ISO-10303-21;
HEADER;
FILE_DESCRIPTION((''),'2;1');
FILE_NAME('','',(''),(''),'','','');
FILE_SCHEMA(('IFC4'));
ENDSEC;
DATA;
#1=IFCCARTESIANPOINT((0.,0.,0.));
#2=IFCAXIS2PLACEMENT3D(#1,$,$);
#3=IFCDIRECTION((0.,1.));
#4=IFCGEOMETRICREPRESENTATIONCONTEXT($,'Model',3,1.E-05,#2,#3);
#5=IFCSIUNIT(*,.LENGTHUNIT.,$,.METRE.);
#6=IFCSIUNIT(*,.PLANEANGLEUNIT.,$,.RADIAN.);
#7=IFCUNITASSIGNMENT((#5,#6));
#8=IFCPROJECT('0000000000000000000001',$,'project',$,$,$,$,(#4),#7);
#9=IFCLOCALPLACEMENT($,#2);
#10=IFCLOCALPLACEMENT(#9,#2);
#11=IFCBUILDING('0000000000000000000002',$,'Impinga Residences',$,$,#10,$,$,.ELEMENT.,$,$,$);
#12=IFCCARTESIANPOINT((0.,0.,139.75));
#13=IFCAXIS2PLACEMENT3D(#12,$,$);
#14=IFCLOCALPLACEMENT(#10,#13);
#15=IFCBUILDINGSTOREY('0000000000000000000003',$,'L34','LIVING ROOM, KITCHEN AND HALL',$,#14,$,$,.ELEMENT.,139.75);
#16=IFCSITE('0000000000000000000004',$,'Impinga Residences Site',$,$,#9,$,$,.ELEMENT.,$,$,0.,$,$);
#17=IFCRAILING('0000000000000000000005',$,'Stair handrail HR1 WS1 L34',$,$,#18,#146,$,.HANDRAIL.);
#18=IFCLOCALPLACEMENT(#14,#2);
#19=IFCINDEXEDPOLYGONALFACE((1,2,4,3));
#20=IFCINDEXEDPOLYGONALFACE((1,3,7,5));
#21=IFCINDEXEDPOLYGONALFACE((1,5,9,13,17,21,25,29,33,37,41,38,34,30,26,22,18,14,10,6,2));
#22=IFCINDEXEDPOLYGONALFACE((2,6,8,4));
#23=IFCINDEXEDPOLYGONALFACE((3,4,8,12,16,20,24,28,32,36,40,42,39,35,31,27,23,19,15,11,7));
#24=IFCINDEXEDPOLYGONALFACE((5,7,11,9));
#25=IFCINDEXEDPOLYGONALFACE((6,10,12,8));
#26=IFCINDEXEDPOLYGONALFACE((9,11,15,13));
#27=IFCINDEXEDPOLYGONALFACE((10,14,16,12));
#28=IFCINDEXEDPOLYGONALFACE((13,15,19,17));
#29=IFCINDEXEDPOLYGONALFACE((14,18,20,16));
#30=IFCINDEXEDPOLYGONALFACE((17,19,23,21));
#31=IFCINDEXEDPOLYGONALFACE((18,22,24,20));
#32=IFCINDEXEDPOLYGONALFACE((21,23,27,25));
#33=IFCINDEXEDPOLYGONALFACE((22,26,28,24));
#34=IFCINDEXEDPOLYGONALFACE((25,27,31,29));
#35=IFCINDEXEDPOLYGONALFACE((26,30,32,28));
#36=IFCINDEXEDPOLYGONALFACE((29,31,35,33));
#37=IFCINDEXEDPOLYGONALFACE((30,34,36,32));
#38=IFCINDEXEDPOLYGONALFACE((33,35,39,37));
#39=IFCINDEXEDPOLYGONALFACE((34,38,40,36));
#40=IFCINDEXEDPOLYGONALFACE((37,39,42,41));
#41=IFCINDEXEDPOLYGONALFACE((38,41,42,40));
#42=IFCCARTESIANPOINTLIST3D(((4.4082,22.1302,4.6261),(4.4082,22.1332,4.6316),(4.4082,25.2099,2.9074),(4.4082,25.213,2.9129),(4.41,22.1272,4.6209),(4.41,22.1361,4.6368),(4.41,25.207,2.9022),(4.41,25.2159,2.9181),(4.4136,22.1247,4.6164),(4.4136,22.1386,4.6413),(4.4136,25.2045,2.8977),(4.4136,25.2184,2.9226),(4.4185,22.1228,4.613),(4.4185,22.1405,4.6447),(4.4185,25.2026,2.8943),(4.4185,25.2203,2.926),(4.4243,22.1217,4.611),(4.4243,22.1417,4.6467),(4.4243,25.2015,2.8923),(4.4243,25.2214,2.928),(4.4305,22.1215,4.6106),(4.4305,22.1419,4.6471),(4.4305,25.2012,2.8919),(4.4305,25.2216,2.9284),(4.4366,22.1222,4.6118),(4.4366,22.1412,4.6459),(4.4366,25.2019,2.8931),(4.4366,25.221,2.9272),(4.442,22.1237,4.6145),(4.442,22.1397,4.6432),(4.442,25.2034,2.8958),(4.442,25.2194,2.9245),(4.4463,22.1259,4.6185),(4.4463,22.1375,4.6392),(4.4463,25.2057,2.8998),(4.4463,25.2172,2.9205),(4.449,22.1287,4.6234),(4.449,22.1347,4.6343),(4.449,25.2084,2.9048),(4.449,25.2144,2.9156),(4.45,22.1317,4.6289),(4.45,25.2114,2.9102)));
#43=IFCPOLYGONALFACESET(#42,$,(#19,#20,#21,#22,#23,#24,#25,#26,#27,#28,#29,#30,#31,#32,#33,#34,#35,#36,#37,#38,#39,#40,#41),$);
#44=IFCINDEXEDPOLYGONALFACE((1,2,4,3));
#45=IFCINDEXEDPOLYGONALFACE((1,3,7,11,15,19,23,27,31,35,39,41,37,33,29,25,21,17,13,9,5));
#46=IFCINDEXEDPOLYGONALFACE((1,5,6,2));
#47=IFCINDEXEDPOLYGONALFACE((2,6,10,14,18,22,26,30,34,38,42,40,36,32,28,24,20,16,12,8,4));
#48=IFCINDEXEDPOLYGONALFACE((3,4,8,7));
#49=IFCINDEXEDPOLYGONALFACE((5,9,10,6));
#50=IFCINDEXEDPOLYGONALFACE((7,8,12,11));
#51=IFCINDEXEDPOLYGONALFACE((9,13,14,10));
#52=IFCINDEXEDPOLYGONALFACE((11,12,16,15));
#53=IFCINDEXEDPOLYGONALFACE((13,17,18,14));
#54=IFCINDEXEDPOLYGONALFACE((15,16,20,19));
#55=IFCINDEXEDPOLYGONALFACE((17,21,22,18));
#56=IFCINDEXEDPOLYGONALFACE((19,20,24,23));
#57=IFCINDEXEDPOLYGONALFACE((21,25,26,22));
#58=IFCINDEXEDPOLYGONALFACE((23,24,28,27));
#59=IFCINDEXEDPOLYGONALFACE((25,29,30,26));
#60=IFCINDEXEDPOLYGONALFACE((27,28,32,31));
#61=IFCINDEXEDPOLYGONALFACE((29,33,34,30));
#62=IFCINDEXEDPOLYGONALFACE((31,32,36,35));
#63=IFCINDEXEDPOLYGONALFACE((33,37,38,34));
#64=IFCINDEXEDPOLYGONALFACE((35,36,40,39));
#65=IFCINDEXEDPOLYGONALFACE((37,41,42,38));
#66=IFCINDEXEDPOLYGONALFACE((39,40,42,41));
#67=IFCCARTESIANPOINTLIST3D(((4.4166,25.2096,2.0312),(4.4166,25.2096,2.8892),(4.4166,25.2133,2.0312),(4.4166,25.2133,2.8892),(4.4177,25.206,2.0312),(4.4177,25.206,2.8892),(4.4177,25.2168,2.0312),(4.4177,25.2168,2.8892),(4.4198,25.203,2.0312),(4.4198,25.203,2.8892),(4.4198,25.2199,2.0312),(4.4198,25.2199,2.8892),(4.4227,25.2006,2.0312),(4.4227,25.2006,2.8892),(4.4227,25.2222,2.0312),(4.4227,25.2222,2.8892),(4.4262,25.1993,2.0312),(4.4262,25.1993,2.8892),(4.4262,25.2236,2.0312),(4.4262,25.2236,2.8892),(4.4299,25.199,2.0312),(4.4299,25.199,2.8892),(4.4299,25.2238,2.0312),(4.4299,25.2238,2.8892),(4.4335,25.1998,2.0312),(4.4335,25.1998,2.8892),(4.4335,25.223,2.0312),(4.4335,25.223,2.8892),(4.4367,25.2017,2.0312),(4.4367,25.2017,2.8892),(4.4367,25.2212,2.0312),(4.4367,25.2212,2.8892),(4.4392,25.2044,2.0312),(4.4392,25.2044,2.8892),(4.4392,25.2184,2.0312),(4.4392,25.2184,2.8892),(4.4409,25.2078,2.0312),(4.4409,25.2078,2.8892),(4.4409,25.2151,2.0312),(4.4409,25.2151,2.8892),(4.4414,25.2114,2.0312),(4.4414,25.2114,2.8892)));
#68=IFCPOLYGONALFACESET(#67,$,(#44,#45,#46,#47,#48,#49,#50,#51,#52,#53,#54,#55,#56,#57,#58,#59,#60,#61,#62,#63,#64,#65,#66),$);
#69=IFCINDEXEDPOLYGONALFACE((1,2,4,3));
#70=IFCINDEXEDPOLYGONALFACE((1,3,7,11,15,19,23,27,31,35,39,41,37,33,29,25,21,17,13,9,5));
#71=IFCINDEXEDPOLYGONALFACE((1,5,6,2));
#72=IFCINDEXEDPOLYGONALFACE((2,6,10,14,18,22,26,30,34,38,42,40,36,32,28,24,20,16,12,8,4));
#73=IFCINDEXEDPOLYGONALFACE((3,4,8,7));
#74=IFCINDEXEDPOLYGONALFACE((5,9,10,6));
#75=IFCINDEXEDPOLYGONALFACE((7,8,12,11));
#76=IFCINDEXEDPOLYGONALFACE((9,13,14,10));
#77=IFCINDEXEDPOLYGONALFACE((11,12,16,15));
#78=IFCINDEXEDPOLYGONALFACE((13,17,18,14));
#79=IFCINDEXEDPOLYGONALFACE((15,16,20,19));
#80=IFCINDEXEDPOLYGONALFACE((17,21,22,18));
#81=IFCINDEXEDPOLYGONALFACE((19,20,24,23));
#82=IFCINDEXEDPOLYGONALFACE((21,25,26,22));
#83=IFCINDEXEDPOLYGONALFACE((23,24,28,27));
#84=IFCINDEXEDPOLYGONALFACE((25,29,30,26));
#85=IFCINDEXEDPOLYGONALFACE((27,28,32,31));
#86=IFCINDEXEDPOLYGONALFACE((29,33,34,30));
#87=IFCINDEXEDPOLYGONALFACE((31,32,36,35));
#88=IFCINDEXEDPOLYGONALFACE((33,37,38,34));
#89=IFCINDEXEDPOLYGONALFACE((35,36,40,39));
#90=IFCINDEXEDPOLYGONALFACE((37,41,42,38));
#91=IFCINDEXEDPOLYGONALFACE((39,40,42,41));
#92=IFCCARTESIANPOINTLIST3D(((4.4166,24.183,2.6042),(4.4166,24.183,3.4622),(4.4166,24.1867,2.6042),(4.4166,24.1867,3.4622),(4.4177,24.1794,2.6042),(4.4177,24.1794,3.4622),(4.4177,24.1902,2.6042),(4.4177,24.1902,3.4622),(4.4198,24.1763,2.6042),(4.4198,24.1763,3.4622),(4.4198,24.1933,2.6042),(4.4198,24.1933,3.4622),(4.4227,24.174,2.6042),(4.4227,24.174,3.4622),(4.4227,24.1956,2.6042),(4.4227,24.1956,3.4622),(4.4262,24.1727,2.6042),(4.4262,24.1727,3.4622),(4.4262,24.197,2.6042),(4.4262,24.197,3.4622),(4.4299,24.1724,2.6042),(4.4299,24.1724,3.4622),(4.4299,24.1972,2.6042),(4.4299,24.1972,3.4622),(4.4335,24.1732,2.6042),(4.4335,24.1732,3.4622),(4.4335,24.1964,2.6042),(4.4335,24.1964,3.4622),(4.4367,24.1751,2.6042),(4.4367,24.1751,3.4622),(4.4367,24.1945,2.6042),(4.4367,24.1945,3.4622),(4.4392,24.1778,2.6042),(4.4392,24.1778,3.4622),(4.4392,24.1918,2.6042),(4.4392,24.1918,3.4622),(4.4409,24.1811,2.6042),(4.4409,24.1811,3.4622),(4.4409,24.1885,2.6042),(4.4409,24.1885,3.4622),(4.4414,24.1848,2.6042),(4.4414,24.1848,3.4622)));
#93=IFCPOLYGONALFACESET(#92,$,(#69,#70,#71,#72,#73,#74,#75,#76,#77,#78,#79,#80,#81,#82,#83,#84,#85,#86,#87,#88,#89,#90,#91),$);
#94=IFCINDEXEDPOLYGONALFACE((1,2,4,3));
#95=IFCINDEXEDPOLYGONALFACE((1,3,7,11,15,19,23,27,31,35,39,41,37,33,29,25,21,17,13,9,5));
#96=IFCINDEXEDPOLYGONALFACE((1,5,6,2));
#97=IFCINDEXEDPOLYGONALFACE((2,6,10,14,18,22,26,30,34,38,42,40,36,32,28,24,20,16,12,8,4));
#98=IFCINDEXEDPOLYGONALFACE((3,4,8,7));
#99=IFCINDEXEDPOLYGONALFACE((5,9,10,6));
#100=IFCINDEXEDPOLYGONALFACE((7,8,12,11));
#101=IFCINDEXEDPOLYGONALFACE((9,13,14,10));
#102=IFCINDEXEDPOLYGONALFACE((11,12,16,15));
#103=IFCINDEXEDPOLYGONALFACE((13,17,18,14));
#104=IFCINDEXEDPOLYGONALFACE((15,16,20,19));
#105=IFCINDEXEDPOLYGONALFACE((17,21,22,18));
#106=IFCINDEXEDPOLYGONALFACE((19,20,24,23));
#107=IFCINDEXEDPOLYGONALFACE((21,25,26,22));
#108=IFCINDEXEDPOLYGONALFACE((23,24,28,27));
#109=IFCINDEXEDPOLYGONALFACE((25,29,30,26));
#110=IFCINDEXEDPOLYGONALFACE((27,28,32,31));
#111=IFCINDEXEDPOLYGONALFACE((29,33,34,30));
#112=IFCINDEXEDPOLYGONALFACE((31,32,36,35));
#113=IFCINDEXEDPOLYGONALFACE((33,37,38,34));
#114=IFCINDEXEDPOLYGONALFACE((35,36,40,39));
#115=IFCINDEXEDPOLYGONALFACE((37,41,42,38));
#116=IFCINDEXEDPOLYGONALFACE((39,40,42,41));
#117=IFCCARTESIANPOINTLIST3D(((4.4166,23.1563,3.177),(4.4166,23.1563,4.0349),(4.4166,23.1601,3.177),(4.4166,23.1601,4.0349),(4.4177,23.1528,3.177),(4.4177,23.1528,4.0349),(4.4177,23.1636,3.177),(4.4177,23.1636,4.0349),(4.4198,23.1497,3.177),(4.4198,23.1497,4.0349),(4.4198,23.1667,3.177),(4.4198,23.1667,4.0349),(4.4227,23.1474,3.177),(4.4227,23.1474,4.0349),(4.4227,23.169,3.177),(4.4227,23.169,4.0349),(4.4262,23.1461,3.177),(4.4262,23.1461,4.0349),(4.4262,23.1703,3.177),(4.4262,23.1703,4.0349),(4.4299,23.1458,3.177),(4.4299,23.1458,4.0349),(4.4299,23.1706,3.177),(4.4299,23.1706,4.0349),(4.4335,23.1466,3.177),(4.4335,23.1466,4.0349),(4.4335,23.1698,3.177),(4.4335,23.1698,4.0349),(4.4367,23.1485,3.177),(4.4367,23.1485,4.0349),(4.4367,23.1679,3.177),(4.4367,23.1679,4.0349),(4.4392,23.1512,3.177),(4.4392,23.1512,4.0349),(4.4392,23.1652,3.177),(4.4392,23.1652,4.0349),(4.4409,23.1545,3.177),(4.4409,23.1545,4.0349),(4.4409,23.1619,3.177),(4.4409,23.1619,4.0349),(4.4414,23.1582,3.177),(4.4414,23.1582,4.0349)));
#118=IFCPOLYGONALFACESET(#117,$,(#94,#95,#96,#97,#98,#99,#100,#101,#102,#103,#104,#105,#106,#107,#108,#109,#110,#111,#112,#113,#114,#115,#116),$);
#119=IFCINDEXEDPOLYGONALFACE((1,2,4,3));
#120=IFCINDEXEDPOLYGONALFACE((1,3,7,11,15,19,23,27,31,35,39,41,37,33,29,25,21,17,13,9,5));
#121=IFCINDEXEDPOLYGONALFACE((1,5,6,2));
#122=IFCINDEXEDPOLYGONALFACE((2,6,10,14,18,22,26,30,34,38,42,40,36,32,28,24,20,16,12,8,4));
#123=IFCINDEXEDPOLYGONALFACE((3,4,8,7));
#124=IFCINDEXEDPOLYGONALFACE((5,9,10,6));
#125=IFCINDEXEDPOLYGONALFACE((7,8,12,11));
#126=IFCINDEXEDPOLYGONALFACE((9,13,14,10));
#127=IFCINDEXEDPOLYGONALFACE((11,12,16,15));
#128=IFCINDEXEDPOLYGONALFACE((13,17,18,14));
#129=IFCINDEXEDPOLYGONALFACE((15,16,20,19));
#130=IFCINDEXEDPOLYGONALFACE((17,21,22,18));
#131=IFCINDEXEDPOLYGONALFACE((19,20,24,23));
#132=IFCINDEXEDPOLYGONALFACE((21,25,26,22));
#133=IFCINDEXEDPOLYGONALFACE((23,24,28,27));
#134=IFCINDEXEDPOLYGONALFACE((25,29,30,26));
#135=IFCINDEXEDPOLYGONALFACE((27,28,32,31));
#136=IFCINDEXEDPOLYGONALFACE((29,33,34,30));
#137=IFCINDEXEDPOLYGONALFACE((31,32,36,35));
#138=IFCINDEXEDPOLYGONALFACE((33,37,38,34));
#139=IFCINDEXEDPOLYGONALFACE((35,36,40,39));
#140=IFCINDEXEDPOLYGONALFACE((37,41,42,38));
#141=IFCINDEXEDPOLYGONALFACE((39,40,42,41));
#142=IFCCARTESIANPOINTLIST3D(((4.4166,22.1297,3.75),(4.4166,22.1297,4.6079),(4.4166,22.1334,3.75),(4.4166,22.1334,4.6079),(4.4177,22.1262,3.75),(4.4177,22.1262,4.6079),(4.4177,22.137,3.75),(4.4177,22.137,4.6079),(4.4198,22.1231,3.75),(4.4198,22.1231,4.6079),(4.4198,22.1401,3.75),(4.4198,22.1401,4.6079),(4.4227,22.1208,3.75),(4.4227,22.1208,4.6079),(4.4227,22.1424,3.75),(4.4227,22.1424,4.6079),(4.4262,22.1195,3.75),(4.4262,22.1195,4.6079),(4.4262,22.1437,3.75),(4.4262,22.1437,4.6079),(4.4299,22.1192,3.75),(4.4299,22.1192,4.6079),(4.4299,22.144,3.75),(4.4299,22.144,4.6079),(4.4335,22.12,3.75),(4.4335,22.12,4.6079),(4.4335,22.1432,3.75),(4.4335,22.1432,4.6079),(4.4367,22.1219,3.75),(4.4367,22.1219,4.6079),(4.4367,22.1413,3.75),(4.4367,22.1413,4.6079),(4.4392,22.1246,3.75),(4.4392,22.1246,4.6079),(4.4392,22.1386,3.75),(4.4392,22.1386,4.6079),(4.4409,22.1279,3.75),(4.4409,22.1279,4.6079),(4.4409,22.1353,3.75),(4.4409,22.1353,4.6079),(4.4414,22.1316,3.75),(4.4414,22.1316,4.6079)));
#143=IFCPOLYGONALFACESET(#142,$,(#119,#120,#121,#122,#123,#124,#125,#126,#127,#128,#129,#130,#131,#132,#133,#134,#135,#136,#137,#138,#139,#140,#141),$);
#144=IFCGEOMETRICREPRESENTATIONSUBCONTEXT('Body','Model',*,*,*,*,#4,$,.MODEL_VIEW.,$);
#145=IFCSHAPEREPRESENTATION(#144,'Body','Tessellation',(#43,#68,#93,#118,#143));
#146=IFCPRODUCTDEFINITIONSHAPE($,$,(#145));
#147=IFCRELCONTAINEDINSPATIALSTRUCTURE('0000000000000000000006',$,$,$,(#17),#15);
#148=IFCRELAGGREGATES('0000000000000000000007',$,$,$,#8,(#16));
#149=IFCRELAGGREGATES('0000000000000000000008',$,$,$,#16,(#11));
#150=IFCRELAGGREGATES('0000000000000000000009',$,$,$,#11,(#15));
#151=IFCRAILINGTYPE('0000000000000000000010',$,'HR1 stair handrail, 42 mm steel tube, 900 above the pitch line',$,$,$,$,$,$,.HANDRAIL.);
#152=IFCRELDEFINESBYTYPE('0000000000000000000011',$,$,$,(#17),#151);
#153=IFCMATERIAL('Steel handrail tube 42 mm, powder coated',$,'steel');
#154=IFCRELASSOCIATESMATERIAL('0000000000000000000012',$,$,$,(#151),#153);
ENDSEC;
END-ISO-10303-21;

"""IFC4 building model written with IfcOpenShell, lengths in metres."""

from ifc_helpers import new_model, si_unit, direction, frame, origin, origin_2d, place, context, subcontext, project, spatial, circle, extrude, material, type_object, element, save


model = new_model("IFC4")

# Units and contexts
model_context = context("Model", 3, precision=1e-05, world=origin(), true_north=direction((0.0, 1.0)))
body_context = subcontext(model_context, "Body", "Model", "MODEL_VIEW")
ifc_project = project(units=[si_unit("LENGTHUNIT", "METRE"), si_unit("PLANEANGLEUNIT", "RADIAN")], contexts=[model_context])

# Site, building, storey
site_placement = place(None, origin())
site = spatial("IfcSite", under=ifc_project, at=site_placement, Name="Impinga Residences Site", CompositionType="ELEMENT", RefElevation=0.0)
building_placement = place(site_placement, origin())
building = spatial("IfcBuilding", under=site, at=building_placement, Name="Impinga Residences", CompositionType="ELEMENT")
storey_placement = place(building_placement, frame((0.0, 0.0, 139.75)))
storey = spatial("IfcBuildingStorey", under=building, at=storey_placement, Name="L34", Description="LIVING ROOM, KITCHEN AND HALL", CompositionType="ELEMENT", Elevation=139.75)

# Railing
ifc_material_1 = material(Name="Steel handrail tube 42 mm, powder coated", Category="steel")
railing_type_1 = type_object("IfcRailingType", Name="HR1 stair handrail, 42 mm steel tube, 900 above the pitch line", PredefinedType="HANDRAIL", material=ifc_material_1)
railing_1_placement = place(storey_placement, frame((4.429, 25.2114, 2.0312)))
element("IfcRailing", 1, at=railing_1_placement, inside=storey, type_object=railing_type_1, Name="Stair handrail HR1 WS1 L34", PredefinedType="HANDRAIL", context=body_context, shape_type="SweptSolid", body=[
    extrude(circle(Radius=0.021, at=origin_2d()), frame((0.0, 0.0, 0.8789), z_axis=(0.0, -0.873225, 0.487317), x_axis=(1.0, 0.0, 0.0)), (0.0, 0.0, 1.0), 3.5269),
    extrude(circle(Radius=0.0125, at=origin_2d()), origin(), (0.0, 0.0, 1.0), 0.8579),
    extrude(circle(Radius=0.0125, at=origin_2d()), frame((0.0, -1.0266, 0.573)), (0.0, 0.0, 1.0), 0.8579),
    extrude(circle(Radius=0.0125, at=origin_2d()), frame((0.0, -2.0532, 1.1458)), (0.0, 0.0, 1.0), 0.8579),
    extrude(circle(Radius=0.0125, at=origin_2d()), frame((0.0, -3.0798, 1.7188)), (0.0, 0.0, 1.0), 0.8579),
])

save(model, "model.ifc")
